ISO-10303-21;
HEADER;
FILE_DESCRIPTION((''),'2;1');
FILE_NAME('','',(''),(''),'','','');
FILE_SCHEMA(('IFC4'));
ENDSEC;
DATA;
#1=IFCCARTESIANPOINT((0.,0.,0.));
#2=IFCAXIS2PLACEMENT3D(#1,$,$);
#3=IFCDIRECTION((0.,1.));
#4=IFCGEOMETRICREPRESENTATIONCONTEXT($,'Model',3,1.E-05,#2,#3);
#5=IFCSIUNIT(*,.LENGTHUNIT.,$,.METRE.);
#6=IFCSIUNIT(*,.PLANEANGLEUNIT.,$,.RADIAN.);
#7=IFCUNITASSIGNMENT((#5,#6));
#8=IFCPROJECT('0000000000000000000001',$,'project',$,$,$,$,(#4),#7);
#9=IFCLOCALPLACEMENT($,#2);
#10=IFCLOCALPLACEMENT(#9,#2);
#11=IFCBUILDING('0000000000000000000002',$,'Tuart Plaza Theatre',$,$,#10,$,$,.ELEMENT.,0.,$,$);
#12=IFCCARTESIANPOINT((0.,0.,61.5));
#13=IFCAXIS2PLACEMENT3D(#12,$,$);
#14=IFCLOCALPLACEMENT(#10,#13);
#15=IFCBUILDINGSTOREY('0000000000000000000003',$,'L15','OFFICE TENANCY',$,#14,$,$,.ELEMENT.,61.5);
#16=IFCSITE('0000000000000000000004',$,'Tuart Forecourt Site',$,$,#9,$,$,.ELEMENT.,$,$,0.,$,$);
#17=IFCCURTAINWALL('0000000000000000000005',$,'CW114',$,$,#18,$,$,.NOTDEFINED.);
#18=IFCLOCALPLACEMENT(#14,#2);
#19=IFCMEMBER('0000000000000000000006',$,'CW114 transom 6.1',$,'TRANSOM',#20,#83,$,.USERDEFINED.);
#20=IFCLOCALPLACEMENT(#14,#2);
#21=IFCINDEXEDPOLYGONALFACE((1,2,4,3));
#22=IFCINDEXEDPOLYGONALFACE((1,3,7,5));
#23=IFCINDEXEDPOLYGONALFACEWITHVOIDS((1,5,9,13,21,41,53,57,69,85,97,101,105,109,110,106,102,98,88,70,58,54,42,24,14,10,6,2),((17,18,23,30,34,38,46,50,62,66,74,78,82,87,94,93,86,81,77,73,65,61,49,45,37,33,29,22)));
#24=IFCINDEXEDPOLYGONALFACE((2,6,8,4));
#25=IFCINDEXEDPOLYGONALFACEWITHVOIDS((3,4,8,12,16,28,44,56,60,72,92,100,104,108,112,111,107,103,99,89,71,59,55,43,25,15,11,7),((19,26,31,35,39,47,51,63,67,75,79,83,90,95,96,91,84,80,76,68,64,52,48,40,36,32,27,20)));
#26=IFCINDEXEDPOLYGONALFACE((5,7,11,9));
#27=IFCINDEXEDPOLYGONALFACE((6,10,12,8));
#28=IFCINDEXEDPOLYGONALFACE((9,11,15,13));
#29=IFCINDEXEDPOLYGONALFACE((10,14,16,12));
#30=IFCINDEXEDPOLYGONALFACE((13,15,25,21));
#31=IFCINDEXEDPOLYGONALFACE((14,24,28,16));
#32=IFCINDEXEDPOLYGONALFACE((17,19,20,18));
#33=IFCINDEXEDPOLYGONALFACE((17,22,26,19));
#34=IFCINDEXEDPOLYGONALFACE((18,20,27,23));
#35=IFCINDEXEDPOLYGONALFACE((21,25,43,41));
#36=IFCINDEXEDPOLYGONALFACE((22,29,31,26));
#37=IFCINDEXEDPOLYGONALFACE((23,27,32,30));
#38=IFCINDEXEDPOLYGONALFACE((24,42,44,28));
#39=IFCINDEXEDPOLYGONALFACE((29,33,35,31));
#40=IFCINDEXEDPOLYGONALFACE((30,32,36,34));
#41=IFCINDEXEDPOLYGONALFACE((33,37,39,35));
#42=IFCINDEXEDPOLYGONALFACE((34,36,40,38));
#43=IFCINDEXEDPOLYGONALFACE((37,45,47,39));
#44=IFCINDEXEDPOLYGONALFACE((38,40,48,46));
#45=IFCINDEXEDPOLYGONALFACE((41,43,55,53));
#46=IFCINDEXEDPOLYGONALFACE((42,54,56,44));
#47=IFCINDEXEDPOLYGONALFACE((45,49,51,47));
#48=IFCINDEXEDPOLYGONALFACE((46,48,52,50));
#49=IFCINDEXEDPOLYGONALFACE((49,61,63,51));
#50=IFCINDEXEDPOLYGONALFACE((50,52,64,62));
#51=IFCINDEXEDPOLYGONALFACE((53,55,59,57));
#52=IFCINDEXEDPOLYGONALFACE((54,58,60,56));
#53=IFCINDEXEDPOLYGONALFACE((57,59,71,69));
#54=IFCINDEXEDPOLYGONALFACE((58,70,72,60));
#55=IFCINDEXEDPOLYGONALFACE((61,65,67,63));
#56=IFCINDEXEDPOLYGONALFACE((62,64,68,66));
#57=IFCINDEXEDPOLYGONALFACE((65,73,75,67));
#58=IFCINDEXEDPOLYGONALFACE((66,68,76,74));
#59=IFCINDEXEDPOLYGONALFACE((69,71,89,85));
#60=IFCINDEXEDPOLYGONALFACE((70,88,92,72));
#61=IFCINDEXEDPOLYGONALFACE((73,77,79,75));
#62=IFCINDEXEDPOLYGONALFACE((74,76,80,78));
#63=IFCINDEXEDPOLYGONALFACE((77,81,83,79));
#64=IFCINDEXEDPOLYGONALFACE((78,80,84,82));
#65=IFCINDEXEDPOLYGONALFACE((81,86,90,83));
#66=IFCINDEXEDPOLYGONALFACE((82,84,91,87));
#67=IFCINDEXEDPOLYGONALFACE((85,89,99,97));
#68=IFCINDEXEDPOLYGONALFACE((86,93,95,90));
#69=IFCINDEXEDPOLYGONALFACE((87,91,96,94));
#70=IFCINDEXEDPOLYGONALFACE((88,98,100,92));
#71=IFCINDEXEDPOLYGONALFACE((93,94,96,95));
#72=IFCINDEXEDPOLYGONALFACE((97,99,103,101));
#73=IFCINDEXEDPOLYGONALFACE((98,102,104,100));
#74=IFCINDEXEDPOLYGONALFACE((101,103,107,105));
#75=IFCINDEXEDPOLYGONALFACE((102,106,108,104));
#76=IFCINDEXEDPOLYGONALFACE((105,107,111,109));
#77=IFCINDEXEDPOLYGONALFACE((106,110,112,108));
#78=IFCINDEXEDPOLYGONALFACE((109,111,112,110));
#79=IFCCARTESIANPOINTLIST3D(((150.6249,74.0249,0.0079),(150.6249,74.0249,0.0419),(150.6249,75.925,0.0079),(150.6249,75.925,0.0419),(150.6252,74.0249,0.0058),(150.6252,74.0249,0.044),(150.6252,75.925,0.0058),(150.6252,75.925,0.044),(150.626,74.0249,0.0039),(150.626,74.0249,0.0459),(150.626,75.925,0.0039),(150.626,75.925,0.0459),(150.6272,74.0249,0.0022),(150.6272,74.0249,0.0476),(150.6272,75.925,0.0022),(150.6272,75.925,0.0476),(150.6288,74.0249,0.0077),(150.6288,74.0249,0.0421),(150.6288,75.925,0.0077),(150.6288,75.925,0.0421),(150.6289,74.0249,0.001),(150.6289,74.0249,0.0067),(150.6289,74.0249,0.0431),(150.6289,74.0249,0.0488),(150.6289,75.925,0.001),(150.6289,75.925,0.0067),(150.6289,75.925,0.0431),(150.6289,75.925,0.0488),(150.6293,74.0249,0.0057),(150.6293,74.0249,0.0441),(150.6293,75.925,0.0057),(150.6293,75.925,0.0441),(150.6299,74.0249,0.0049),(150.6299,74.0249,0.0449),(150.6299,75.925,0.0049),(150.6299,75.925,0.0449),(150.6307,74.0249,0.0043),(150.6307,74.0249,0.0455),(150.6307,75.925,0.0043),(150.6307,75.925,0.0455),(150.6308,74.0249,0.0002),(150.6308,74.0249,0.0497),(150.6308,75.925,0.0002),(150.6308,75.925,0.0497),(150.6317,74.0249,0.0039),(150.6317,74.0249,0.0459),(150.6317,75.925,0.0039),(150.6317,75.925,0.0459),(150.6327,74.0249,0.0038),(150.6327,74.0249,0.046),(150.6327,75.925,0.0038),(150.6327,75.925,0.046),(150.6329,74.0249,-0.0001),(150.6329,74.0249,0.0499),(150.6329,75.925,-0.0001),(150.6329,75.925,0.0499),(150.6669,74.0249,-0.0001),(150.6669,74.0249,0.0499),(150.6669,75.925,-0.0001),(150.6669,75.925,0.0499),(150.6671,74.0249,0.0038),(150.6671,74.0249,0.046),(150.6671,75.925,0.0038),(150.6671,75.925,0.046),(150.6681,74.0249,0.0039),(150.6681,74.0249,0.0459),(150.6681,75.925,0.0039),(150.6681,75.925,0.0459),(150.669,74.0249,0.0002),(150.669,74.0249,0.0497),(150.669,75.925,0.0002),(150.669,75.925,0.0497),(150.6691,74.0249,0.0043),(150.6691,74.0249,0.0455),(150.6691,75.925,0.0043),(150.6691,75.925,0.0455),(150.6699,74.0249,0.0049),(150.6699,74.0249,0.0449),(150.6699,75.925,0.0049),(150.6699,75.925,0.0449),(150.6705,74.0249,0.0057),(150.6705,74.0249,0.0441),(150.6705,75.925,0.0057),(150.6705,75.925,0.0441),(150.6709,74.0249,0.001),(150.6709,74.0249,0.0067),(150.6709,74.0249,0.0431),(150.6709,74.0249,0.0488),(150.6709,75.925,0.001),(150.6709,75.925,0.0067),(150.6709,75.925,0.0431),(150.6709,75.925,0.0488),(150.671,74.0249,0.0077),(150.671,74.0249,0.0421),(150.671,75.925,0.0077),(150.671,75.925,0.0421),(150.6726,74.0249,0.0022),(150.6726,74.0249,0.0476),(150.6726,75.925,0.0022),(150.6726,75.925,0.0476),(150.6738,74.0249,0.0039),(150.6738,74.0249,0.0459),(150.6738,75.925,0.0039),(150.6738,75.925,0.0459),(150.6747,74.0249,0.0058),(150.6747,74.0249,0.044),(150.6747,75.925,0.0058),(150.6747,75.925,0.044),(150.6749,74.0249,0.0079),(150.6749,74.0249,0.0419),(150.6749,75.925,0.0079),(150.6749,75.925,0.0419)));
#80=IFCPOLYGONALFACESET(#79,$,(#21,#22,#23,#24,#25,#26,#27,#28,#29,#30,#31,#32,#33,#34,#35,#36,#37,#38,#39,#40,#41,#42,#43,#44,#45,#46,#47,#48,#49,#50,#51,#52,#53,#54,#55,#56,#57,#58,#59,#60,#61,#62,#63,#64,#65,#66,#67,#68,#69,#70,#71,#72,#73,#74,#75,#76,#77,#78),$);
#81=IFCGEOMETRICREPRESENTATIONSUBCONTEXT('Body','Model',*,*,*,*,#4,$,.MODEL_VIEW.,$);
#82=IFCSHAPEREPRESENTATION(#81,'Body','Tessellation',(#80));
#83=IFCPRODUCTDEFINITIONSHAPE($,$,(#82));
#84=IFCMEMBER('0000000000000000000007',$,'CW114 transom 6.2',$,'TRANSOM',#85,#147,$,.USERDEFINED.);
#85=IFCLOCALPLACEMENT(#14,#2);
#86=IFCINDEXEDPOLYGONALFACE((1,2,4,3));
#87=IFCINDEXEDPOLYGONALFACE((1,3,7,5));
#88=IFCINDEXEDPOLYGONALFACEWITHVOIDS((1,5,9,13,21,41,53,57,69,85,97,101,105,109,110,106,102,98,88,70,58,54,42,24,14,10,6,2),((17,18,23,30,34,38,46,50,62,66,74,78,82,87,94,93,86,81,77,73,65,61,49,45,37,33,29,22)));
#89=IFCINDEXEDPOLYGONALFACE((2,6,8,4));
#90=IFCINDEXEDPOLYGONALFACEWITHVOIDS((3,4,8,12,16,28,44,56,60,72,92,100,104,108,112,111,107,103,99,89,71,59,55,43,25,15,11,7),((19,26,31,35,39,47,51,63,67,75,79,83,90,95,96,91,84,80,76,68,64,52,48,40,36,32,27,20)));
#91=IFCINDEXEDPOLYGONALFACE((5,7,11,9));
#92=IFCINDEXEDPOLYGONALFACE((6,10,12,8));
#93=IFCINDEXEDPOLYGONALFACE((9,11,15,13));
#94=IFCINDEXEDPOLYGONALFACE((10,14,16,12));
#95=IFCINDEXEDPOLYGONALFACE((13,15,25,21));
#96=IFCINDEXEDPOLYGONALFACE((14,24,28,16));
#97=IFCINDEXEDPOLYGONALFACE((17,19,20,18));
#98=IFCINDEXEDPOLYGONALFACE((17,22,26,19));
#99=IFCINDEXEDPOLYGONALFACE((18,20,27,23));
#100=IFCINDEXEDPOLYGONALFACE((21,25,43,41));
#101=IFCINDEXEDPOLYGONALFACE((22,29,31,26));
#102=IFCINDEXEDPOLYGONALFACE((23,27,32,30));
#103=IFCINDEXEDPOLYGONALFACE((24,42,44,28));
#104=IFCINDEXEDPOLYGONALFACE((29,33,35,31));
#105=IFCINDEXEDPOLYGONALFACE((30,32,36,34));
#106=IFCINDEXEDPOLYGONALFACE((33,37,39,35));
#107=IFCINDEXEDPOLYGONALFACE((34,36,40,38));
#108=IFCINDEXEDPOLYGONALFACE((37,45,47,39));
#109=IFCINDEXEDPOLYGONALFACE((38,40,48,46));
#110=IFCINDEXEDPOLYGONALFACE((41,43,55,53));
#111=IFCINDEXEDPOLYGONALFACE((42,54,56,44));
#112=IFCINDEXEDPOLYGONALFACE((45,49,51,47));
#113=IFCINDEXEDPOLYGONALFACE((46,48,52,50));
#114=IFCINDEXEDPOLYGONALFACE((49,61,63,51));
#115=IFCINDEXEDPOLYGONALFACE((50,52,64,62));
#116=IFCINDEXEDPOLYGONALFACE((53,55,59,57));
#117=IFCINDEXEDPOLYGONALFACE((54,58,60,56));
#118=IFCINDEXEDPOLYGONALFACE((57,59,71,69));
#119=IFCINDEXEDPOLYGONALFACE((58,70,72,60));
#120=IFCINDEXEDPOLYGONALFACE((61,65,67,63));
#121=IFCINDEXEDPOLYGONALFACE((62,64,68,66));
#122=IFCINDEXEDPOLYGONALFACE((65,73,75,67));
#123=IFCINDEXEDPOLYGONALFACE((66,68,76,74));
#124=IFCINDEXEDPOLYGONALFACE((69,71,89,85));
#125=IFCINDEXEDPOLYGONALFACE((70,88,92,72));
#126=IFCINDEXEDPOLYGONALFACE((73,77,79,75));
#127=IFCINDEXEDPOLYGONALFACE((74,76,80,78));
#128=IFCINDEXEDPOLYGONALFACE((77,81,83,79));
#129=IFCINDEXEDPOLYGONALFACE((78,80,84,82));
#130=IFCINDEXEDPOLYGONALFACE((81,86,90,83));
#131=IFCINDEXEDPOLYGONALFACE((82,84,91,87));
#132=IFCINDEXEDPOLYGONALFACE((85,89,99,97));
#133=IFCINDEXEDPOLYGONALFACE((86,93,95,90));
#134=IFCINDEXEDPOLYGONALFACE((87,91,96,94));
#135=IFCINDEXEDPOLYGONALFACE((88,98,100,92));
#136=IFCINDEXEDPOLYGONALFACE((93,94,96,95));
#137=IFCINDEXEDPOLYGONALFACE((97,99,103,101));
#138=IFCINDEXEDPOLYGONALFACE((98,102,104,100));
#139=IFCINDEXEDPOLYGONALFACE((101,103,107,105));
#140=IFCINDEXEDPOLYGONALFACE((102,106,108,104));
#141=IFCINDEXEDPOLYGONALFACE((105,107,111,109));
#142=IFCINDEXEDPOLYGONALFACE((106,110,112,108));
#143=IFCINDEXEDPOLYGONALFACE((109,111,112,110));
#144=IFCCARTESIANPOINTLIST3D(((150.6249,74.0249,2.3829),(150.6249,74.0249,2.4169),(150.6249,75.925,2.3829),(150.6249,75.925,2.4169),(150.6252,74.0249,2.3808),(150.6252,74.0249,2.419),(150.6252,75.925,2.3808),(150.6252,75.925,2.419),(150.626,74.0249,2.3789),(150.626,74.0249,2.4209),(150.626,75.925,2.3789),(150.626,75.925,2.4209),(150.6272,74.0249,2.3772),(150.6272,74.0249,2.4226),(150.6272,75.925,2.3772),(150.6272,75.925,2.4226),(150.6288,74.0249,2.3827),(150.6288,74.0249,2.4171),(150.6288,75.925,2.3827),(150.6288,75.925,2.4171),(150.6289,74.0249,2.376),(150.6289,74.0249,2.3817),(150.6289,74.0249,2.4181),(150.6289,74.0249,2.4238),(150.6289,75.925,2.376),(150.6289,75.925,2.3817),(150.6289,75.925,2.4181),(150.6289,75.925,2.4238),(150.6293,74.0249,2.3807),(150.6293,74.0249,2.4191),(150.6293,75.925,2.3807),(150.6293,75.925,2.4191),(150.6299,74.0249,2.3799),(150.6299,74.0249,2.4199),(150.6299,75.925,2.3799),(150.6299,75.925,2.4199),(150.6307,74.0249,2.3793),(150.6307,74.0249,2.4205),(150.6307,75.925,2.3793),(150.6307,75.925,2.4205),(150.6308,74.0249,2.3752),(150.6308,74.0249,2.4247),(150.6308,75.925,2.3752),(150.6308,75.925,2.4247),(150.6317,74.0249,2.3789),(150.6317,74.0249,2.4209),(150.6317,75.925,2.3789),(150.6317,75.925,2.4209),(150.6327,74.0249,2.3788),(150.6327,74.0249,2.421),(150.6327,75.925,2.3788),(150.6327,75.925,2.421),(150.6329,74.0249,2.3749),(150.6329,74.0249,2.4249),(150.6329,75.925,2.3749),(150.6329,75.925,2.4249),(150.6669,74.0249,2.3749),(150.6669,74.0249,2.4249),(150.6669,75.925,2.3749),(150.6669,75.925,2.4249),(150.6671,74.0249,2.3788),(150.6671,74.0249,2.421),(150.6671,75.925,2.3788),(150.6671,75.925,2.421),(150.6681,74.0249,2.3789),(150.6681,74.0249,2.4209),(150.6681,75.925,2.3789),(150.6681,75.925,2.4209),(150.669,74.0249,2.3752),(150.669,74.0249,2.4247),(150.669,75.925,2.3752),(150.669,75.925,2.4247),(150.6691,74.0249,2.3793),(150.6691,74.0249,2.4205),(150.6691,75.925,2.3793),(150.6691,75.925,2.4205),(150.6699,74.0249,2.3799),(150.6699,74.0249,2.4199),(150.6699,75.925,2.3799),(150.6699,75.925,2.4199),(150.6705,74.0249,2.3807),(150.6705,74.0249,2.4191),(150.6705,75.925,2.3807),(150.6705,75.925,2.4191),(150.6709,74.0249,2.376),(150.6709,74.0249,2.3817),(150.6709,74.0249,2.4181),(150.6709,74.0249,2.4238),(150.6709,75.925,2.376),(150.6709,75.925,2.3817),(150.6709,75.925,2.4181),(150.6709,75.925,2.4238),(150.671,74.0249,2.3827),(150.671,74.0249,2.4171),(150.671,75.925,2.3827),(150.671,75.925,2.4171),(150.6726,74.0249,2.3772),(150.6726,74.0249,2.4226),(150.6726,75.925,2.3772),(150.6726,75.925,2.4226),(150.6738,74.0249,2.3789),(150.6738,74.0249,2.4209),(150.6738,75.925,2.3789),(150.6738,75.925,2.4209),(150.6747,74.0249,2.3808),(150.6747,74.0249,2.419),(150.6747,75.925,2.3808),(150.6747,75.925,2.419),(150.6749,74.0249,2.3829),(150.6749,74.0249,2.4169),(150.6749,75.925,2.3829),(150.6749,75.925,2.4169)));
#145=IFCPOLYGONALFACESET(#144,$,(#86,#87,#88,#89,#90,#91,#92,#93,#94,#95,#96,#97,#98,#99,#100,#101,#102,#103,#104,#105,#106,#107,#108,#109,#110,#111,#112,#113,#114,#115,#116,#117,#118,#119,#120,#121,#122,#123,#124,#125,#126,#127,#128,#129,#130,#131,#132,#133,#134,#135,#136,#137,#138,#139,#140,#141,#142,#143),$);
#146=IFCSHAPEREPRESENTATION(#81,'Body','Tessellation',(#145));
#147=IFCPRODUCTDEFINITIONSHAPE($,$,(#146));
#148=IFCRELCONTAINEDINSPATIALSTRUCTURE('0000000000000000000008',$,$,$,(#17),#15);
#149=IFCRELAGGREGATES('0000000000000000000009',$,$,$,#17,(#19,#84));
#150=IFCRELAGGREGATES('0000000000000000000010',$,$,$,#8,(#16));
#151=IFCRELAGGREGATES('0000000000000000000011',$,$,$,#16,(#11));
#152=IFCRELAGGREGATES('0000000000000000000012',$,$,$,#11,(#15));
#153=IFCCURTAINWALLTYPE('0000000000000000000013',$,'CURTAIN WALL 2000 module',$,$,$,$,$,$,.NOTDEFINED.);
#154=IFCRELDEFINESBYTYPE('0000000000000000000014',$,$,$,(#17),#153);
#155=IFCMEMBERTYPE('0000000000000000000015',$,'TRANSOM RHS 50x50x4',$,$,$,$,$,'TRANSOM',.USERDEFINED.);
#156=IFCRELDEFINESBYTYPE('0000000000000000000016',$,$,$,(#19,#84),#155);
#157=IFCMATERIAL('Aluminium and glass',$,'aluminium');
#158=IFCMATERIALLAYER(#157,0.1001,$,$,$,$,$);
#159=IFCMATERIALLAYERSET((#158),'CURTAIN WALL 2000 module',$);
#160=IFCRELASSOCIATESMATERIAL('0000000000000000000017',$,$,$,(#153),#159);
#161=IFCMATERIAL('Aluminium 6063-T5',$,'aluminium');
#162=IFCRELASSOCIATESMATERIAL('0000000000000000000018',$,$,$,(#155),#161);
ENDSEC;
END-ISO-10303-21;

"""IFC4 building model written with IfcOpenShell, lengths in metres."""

from ifc_helpers import new_model, si_unit, direction, frame, origin, origin_2d, place, context, subcontext, project, spatial, hollow_rectangle, extrude, material, layer, layer_set, material_profile, profile_set, type_object, element, aggregate, save


model = new_model("IFC4")

# Units and contexts
model_context = context("Model", 3, precision=1e-05, world=origin(), true_north=direction((0.0, 1.0)))
body_context = subcontext(model_context, "Body", "Model", "MODEL_VIEW")
ifc_project = project(units=[si_unit("LENGTHUNIT", "METRE"), si_unit("PLANEANGLEUNIT", "RADIAN")], contexts=[model_context])

# Site, building, storey
site_placement = place(None, origin())
site = spatial("IfcSite", under=ifc_project, at=site_placement, Name="Tuart Forecourt Site", CompositionType="ELEMENT", RefElevation=0.0)
building_placement = place(site_placement, origin())
building = spatial("IfcBuilding", under=site, at=building_placement, Name="Tuart Plaza Theatre", CompositionType="ELEMENT", ElevationOfRefHeight=0.0)
storey_placement = place(building_placement, frame((0.0, 0.0, 61.5)))
storey = spatial("IfcBuildingStorey", under=building, at=storey_placement, Name="L15", Description="OFFICE TENANCY", CompositionType="ELEMENT", Elevation=61.5)

# Curtain wall, members
ifc_material_1 = material(Name="Aluminium and glass", Category="aluminium")
ifc_layer_1 = layer(ifc_material_1, 0.1001)
ifc_layer_set_1 = layer_set([ifc_layer_1], Name="CURTAIN WALL 2000 module")
curtain_wall_type = type_object("IfcCurtainWallType", Name="CURTAIN WALL 2000 module", PredefinedType="NOTDEFINED", material=ifc_layer_set_1)
curtain_wall_placement = place(storey_placement, origin())
curtain_wall = element("IfcCurtainWall", 1, at=curtain_wall_placement, inside=storey, type_object=curtain_wall_type, Name="CW114", PredefinedType="NOTDEFINED")
ifc_material_2 = material(Name="Aluminium 6063-T5", Category="aluminium")
ifc_material_profile_1 = material_profile(ifc_material_2, hollow_rectangle(XDim=0.05, YDim=0.05, WallThickness=0.0039, InnerFilletRadius=0.0039, OuterFilletRadius=0.0081, at=origin_2d()), Name="RHS 50x50x4")
ifc_profile_set_1 = profile_set([ifc_material_profile_1], Name="Aluminium 6063-T5")
member_type_1 = type_object("IfcMemberType", Name="TRANSOM RHS 50x50x4", ElementType="TRANSOM", PredefinedType="USERDEFINED", material=ifc_profile_set_1)
member_1_placement = place(storey_placement, frame((150.6499, 74.0249, 0.0249), z_axis=(0.0, 1.0, 0.0), x_axis=(-1.0, 0.0, 0.0)))
member_1 = element("IfcMember", 2, at=member_1_placement, type_object=member_type_1, Name="CW114 transom 6.1", ObjectType="TRANSOM", PredefinedType="USERDEFINED", context=body_context, shape_type="SweptSolid", body=[
    extrude(hollow_rectangle(XDim=0.05, YDim=0.05, WallThickness=0.0039, InnerFilletRadius=0.0039, OuterFilletRadius=0.0081, at=origin_2d()), origin(), (0.0, 0.0, 1.0), 1.9001),
])
member_2_placement = place(storey_placement, frame((150.6499, 74.0249, 2.3999), z_axis=(0.0, 1.0, 0.0), x_axis=(-1.0, 0.0, 0.0)))
member_2 = element("IfcMember", 3, at=member_2_placement, type_object=member_type_1, Name="CW114 transom 6.2", ObjectType="TRANSOM", PredefinedType="USERDEFINED", context=body_context, shape_type="SweptSolid", body=[
    extrude(hollow_rectangle(XDim=0.05, YDim=0.05, WallThickness=0.0039, InnerFilletRadius=0.0039, OuterFilletRadius=0.0081, at=origin_2d()), origin(), (0.0, 0.0, 1.0), 1.9001),
])
aggregate(curtain_wall, [member_1, member_2])

save(model, "model.ifc")
